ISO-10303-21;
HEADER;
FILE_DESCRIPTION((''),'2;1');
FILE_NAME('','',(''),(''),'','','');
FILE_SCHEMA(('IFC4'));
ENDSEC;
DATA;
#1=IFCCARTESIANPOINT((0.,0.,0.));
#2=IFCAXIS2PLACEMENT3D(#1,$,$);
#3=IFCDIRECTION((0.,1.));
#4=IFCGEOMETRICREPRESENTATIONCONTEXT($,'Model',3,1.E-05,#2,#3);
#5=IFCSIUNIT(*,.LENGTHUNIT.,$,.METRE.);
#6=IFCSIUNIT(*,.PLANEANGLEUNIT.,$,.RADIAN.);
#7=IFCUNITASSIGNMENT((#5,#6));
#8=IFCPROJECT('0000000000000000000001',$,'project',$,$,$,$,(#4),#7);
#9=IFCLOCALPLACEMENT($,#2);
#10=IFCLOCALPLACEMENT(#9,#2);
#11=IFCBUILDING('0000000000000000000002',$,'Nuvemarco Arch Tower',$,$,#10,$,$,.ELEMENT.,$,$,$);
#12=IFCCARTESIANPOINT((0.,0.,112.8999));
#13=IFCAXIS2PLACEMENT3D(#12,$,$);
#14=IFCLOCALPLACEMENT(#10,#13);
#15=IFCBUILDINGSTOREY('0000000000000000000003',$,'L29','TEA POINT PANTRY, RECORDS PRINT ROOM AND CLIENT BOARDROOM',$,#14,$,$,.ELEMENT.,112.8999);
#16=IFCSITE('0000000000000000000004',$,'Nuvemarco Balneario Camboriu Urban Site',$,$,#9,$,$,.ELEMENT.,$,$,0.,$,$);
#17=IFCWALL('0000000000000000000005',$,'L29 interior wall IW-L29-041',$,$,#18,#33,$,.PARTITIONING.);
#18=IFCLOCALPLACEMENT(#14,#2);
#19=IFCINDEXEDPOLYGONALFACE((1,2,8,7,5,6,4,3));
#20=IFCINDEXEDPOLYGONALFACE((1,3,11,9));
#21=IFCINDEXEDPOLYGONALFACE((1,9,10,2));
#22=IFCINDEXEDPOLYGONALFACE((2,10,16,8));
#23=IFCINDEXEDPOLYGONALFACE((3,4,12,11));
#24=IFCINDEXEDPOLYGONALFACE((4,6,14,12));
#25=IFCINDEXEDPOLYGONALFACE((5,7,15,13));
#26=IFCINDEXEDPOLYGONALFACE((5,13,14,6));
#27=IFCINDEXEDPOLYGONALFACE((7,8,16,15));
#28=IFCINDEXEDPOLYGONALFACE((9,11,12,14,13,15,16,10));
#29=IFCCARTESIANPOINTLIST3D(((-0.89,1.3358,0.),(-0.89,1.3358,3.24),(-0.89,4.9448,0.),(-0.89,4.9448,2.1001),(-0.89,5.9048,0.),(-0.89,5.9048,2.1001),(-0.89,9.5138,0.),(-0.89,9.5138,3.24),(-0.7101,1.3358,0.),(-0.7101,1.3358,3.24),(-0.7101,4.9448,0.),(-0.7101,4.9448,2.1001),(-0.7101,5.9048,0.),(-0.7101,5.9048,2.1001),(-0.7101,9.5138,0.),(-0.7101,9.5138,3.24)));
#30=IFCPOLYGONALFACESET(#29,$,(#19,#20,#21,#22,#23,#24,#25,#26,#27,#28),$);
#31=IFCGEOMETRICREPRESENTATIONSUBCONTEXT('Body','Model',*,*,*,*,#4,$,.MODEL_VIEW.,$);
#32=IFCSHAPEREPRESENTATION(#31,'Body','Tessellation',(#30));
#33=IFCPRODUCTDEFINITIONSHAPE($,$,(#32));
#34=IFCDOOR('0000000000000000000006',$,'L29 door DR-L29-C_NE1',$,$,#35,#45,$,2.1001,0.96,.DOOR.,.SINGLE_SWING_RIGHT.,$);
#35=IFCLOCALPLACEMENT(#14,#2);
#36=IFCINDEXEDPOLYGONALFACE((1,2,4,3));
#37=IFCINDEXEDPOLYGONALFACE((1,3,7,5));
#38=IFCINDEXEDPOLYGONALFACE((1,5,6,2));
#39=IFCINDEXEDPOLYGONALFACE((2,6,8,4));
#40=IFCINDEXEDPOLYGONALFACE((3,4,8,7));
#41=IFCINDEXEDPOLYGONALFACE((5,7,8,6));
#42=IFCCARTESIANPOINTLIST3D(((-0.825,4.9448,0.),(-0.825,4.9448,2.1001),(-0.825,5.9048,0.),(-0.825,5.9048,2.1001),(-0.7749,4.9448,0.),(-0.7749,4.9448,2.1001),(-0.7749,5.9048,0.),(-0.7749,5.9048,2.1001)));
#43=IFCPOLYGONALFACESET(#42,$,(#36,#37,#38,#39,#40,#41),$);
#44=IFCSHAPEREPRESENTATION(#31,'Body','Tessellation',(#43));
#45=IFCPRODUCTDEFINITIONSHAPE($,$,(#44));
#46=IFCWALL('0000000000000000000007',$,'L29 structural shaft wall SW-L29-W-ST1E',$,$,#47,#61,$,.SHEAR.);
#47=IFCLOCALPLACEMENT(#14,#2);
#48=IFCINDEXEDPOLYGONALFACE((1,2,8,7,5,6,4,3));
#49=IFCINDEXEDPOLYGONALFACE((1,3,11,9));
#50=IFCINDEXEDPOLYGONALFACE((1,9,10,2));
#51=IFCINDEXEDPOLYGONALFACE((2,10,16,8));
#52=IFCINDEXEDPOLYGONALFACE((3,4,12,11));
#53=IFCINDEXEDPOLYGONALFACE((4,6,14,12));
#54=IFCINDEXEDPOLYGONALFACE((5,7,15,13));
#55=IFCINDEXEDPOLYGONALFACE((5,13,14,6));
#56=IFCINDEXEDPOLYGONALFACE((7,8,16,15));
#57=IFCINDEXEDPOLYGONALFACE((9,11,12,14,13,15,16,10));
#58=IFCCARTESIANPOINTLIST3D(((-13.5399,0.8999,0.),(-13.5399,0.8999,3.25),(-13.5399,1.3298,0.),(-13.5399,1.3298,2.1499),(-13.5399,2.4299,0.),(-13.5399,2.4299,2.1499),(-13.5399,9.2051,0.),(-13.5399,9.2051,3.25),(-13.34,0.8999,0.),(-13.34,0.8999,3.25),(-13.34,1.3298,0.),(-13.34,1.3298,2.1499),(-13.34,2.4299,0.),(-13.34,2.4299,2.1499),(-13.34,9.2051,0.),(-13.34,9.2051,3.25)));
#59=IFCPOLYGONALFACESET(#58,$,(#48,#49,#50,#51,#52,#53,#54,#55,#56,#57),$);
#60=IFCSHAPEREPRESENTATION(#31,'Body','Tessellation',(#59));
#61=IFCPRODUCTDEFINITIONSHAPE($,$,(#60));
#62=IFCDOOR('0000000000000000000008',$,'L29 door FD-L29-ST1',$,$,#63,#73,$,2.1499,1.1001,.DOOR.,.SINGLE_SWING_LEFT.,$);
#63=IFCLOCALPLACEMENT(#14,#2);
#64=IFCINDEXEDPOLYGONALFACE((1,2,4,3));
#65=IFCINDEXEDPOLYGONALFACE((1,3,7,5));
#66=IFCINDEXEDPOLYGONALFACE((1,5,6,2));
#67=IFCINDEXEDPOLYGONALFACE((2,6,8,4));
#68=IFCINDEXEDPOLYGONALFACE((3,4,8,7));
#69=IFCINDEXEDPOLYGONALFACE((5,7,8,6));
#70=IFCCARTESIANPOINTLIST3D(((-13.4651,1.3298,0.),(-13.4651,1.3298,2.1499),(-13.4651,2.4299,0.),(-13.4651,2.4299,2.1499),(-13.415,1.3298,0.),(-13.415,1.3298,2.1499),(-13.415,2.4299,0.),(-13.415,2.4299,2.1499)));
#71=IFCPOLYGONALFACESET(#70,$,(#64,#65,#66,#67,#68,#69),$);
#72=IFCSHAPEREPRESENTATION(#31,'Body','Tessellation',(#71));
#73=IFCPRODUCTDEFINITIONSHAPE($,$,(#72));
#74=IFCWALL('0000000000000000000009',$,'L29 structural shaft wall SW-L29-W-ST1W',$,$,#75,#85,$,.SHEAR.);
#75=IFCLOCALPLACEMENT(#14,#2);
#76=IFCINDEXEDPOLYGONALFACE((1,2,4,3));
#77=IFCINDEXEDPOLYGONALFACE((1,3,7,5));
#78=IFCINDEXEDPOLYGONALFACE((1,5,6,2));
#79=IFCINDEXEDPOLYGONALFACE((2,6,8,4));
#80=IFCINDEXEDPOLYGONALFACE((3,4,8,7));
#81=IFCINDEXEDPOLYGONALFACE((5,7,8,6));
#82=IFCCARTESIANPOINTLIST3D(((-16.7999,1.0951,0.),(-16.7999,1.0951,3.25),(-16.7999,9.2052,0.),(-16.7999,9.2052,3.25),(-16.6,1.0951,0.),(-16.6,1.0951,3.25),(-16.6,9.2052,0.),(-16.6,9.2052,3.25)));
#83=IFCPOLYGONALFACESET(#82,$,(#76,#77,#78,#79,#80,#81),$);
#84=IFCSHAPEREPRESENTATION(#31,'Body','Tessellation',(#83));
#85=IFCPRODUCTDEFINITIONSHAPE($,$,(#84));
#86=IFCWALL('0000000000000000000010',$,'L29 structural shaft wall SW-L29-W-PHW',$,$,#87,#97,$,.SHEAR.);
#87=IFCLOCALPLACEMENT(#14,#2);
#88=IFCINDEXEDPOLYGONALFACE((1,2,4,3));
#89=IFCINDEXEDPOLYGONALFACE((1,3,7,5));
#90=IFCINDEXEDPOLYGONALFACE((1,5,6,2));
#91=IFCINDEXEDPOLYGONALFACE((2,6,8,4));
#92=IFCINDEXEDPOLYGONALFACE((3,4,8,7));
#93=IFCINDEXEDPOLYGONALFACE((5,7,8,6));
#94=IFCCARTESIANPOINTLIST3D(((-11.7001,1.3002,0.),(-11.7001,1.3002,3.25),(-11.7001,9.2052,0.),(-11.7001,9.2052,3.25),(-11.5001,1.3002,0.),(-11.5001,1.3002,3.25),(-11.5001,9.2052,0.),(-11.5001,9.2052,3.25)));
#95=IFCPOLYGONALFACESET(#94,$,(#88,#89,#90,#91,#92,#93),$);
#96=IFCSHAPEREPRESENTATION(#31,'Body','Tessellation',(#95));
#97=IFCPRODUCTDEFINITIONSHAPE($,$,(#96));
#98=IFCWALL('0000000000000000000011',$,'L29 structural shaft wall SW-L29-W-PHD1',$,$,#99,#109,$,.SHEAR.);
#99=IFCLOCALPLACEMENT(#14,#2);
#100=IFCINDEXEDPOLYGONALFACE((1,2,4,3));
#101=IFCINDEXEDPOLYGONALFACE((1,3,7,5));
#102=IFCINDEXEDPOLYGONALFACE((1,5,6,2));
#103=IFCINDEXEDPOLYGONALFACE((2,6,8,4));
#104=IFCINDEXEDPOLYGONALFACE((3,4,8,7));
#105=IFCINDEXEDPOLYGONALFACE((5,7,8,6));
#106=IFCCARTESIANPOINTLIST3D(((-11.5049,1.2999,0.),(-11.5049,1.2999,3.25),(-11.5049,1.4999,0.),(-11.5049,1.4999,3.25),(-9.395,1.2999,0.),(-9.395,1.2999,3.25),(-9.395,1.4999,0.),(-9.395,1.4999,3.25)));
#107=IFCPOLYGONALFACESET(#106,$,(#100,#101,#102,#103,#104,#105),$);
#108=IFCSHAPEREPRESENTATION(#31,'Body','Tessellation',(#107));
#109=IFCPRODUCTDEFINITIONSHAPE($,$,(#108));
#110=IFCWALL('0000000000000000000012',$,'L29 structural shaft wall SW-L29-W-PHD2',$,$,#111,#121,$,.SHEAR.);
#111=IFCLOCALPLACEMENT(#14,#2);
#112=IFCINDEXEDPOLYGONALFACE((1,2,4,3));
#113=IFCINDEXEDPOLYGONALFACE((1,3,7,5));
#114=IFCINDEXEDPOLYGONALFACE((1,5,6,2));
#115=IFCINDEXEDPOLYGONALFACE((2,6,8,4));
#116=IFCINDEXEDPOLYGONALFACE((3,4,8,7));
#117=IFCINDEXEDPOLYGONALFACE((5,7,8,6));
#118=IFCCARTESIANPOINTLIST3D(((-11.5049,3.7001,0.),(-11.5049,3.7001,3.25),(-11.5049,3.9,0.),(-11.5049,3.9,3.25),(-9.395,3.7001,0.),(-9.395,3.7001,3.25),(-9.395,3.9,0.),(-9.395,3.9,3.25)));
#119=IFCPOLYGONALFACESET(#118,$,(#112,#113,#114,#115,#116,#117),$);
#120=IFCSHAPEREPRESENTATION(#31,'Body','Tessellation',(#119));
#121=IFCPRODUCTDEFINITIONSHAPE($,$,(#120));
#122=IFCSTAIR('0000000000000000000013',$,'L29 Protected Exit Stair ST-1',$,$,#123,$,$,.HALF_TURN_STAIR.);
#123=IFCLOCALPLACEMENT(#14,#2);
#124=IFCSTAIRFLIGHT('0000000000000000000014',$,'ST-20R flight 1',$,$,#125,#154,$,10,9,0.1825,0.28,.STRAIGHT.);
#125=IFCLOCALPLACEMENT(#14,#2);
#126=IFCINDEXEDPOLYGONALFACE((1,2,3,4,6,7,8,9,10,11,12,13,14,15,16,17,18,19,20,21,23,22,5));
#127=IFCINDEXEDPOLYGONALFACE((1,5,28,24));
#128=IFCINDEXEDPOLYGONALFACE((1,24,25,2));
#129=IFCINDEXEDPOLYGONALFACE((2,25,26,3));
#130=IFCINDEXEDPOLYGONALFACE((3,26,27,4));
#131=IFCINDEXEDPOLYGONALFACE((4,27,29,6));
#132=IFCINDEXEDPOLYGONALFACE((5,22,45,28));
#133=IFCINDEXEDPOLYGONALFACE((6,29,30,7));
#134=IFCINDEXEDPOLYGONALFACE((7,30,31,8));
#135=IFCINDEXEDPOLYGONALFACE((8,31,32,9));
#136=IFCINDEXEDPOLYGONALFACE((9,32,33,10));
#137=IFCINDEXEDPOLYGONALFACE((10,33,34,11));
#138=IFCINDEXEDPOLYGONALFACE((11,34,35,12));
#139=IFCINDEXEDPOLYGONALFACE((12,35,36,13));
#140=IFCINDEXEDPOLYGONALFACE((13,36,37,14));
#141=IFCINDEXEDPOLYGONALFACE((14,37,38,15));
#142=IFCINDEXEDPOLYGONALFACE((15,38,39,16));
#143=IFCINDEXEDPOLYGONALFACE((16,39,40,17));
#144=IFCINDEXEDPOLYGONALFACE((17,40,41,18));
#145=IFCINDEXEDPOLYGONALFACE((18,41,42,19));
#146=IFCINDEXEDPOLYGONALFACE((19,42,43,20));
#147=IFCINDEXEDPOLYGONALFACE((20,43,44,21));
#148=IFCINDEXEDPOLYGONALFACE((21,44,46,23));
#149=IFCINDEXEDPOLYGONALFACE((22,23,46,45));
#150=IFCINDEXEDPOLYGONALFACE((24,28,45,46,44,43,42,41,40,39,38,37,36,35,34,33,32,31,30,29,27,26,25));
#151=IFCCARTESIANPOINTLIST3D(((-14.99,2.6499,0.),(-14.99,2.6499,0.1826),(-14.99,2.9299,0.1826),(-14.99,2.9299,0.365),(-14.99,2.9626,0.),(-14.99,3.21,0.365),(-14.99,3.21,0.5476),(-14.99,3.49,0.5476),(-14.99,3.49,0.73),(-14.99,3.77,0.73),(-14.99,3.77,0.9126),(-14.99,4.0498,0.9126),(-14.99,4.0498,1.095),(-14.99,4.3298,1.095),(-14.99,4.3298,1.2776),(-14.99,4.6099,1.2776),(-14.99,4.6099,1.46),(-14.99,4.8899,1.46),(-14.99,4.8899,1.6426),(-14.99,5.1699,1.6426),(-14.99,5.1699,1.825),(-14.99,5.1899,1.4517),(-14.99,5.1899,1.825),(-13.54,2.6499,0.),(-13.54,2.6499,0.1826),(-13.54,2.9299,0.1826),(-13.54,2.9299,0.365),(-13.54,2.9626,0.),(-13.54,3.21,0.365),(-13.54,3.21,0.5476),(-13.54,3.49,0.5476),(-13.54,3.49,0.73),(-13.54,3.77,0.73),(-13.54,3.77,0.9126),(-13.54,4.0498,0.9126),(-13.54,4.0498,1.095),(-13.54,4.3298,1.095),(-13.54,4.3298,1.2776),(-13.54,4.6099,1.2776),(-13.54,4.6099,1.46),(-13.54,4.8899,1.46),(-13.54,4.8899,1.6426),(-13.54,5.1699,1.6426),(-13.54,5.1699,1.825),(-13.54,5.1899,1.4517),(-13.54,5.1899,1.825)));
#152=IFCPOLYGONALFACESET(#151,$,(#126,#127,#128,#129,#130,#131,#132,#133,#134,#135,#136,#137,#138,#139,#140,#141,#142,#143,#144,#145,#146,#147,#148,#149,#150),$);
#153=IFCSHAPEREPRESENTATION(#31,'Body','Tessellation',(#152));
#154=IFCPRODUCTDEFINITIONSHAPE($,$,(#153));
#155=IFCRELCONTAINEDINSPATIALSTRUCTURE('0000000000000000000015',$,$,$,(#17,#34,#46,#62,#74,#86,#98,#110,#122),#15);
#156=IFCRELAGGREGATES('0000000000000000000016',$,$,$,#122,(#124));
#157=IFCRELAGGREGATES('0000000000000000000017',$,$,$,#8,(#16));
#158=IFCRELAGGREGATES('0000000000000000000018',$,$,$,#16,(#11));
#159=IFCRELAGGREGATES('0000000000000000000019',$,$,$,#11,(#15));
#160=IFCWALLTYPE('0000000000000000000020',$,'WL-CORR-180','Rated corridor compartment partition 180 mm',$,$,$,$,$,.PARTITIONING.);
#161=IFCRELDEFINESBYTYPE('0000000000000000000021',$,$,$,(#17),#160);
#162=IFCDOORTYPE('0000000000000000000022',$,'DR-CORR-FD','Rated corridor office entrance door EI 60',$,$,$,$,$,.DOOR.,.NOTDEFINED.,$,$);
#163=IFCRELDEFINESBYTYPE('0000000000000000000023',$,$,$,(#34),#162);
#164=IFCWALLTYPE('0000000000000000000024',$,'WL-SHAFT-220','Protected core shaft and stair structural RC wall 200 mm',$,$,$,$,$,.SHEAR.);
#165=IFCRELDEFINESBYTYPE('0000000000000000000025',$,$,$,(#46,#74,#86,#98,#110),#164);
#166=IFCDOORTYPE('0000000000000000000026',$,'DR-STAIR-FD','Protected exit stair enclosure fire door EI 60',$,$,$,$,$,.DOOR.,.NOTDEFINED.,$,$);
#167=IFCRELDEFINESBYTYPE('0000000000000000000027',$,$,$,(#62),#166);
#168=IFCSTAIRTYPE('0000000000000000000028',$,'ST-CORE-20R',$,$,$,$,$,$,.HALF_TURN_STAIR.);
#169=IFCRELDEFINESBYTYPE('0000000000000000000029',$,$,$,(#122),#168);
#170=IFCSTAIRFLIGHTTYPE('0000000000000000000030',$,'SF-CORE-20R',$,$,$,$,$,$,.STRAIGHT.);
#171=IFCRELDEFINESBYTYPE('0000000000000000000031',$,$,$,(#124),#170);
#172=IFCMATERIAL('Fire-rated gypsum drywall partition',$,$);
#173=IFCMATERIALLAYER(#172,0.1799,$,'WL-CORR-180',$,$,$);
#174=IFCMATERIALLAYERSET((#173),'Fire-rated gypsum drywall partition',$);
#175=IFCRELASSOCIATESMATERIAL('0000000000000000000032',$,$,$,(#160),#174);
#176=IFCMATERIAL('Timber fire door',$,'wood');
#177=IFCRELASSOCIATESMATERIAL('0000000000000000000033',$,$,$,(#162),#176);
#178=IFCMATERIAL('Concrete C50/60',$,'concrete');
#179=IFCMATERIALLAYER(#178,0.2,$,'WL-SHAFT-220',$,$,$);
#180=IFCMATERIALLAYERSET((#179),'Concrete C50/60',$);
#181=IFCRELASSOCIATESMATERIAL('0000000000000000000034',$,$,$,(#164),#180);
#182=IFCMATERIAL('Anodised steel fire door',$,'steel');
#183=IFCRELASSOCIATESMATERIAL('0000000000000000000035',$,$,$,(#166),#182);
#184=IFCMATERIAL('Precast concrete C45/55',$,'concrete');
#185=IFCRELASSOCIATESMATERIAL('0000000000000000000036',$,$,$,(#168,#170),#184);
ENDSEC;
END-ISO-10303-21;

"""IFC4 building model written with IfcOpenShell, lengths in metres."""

from ifc_helpers import new_model, si_unit, direction, frame, frame_2d, origin, place, context, subcontext, project, spatial, polyline, rectangle, outline, extrude, source, transform, mapped, material, layer, layer_set, type_object, type_shapes, element, fill, aggregate, save


model = new_model("IFC4")

# Units and contexts
model_context = context("Model", 3, precision=1e-05, world=origin(), true_north=direction((0.0, 1.0)))
body_context = subcontext(model_context, "Body", "Model", "MODEL_VIEW")
ifc_project = project(units=[si_unit("LENGTHUNIT", "METRE"), si_unit("PLANEANGLEUNIT", "RADIAN")], contexts=[model_context])

# Site, building, storey
site_placement = place(None, origin())
site = spatial("IfcSite", under=ifc_project, at=site_placement, Name="Nuvemarco Balneario Camboriu Urban Site", CompositionType="ELEMENT", RefElevation=0.0)
building_placement = place(site_placement, origin())
building = spatial("IfcBuilding", under=site, at=building_placement, Name="Nuvemarco Arch Tower", CompositionType="ELEMENT")
storey_placement = place(building_placement, frame((0.0, 0.0, 112.8999)))
storey = spatial("IfcBuildingStorey", under=building, at=storey_placement, Name="L29", Description="TEA POINT PANTRY, RECORDS PRINT ROOM AND CLIENT BOARDROOM", CompositionType="ELEMENT", Elevation=112.8999)

# Shared definitions
ifc_material_1 = material(Name="Fire-rated gypsum drywall partition")
ifc_layer_1 = layer(ifc_material_1, 0.1799, Name="WL-CORR-180")
ifc_layer_set_1 = layer_set([ifc_layer_1], Name="Fire-rated gypsum drywall partition")
wall_type_1 = type_object("IfcWallType", Name="WL-CORR-180", Description="Rated corridor compartment partition 180 mm", PredefinedType="PARTITIONING", material=ifc_layer_set_1)

# Walls, openings, doors
ifc_material_2 = material(Name="Timber fire door", Category="wood")
door_type_1 = type_object("IfcDoorType", Name="DR-CORR-FD", Description="Rated corridor office entrance door EI 60", OperationType="NOTDEFINED", PredefinedType="DOOR", material=ifc_material_2)
shared_shape_1 = source(origin(), body_context, "Body", "SweptSolid", [
    extrude(rectangle(XDim=0.96, YDim=2.1001, at=frame_2d((0.48, 1.05))), frame((0.0, 0.0249, 0.0), z_axis=(0.0, -1.0, 0.0), x_axis=(1.0, 0.0, 0.0)), (0.0, 0.0, 1.0), 0.05),
])
type_shapes(door_type_1, [shared_shape_1])
wall_1_placement = place(storey_placement, frame((-0.8, 1.3359, 0.0), z_axis=(0.0, 0.0, 1.0), x_axis=(0.0, 1.0, 0.0)))
wall_1 = element("IfcWall", 1, at=wall_1_placement, inside=storey, type_object=wall_type_1, Name="L29 interior wall IW-L29-041", PredefinedType="PARTITIONING", context=body_context, shape_type="SweptSolid", body=[
    extrude(rectangle(XDim=8.178, YDim=0.1799, at=frame_2d((4.0889, 0.0))), origin(), (0.0, 0.0, 1.0), 3.24),
])
opening_1_placement = place(wall_1_placement, frame((3.6089, 0.0, 0.0)))
opening_1 = element("IfcOpeningElement", 2, at=opening_1_placement, cuts=wall_1, PredefinedType="OPENING", context=body_context, shape_type="SweptSolid", body=[
    extrude(rectangle(XDim=0.96, YDim=2.1001, at=frame_2d((0.48, 1.05))), frame((0.0, 0.0999, 0.0), z_axis=(0.0, -1.0, 0.0), x_axis=(1.0, 0.0, 0.0)), (0.0, 0.0, 1.0), 0.2),
])
door_1_placement = place(opening_1_placement, origin())
door_1 = element("IfcDoor", 3, at=door_1_placement, inside=storey, type_object=door_type_1, Name="L29 door DR-L29-C_NE1", OperationType="SINGLE_SWING_RIGHT", OverallHeight=2.1001, OverallWidth=0.96, PredefinedType="DOOR", context=body_context, shape_type="MappedRepresentation", body=[
    mapped(shared_shape_1, transform((0.0, 0.0, 0.0), scale=1.0)),
])
fill(opening_1, door_1)
ifc_material_3 = material(Name="Concrete C50/60", Category="concrete")
ifc_layer_2 = layer(ifc_material_3, 0.2, Name="WL-SHAFT-220")
ifc_layer_set_2 = layer_set([ifc_layer_2], Name="Concrete C50/60")
wall_type_2 = type_object("IfcWallType", Name="WL-SHAFT-220", Description="Protected core shaft and stair structural RC wall 200 mm", PredefinedType="SHEAR", material=ifc_layer_set_2)
wall_2_placement = place(storey_placement, frame((-13.4399, 0.8999, 0.0), z_axis=(0.0, 0.0, 1.0), x_axis=(0.0, 1.0, 0.0)))
wall_2 = element("IfcWall", 4, at=wall_2_placement, inside=storey, type_object=wall_type_2, Name="L29 structural shaft wall SW-L29-W-ST1E", PredefinedType="SHEAR", context=body_context, shape_type="SweptSolid", body=[
    extrude(rectangle(XDim=8.3052, YDim=0.2, at=frame_2d((4.1526, 0.0))), origin(), (0.0, 0.0, 1.0), 3.25),
])
opening_2_placement = place(wall_2_placement, frame((1.53, 0.0, 0.0), z_axis=(0.0, 0.0, 1.0), x_axis=(-1.0, 0.0, 0.0)))
opening_2 = element("IfcOpeningElement", 5, at=opening_2_placement, cuts=wall_2, PredefinedType="OPENING", context=body_context, shape_type="SweptSolid", body=[
    extrude(rectangle(XDim=1.1001, YDim=2.1499, at=frame_2d((0.55, 1.075))), frame((0.0, 0.1099, 0.0), z_axis=(0.0, -1.0, 0.0), x_axis=(1.0, 0.0, 0.0)), (0.0, 0.0, 1.0), 0.22),
])
ifc_material_4 = material(Name="Anodised steel fire door", Category="steel")
door_type_2 = type_object("IfcDoorType", Name="DR-STAIR-FD", Description="Protected exit stair enclosure fire door EI 60", OperationType="NOTDEFINED", PredefinedType="DOOR", material=ifc_material_4)
shared_shape_2 = source(origin(), body_context, "Body", "SweptSolid", [
    extrude(rectangle(XDim=1.1001, YDim=2.1499, at=frame_2d((0.55, 1.075))), frame((0.0, 0.0249, 0.0), z_axis=(0.0, -1.0, 0.0), x_axis=(1.0, 0.0, 0.0)), (0.0, 0.0, 1.0), 0.05),
])
type_shapes(door_type_2, [shared_shape_2])
door_2_placement = place(opening_2_placement, origin())
door_2 = element("IfcDoor", 6, at=door_2_placement, inside=storey, type_object=door_type_2, Name="L29 door FD-L29-ST1", OperationType="SINGLE_SWING_LEFT", OverallHeight=2.1499, OverallWidth=1.1001, PredefinedType="DOOR", context=body_context, shape_type="MappedRepresentation", body=[
    mapped(shared_shape_2, transform((0.0, 0.0, 0.0), scale=1.0)),
])
fill(opening_2, door_2)

# Walls
wall_3_placement = place(storey_placement, frame((-16.7, 1.095, 0.0), z_axis=(0.0, 0.0, 1.0), x_axis=(0.0, 1.0, 0.0)))
element("IfcWall", 7, at=wall_3_placement, inside=storey, type_object=wall_type_2, Name="L29 structural shaft wall SW-L29-W-ST1W", PredefinedType="SHEAR", context=body_context, shape_type="SweptSolid", body=[
    extrude(rectangle(XDim=8.1101, YDim=0.2, at=frame_2d((4.0552, 0.0))), origin(), (0.0, 0.0, 1.0), 3.25),
])
wall_4_placement = place(storey_placement, frame((-11.6001, 1.3, 0.0), z_axis=(0.0, 0.0, 1.0), x_axis=(0.0, 1.0, 0.0)))
element("IfcWall", 8, at=wall_4_placement, inside=storey, type_object=wall_type_2, Name="L29 structural shaft wall SW-L29-W-PHW", PredefinedType="SHEAR", context=body_context, shape_type="SweptSolid", body=[
    extrude(rectangle(XDim=7.905, YDim=0.2, at=frame_2d((3.9526, 0.0))), origin(), (0.0, 0.0, 1.0), 3.25),
])
for number, where, z_axis, x_axis, name in (
    (9, (-11.5049, 1.3999, 0.0), (0.0, 0.0, 1.0), (1.0, 0.0, 0.0), "L29 structural shaft wall SW-L29-W-PHD1"),
    (10, (-11.5049, 3.8, 0.0), (0.0, 0.0, 1.0), (1.0, 0.0, 0.0), "L29 structural shaft wall SW-L29-W-PHD2"),
):
    element("IfcWall", number, at=place(storey_placement, frame(where, z_axis=z_axis, x_axis=x_axis)), inside=storey, type_object=wall_type_2, Name=name, PredefinedType="SHEAR", context=body_context, shape_type="SweptSolid", body=[
        extrude(rectangle(XDim=2.1099, YDim=0.2, at=frame_2d((1.0549, 0.0))), origin(), (0.0, 0.0, 1.0), 3.25),
    ])

# Stair, stair flight
ifc_material_5 = material(Name="Precast concrete C45/55", Category="concrete")
stair_type = type_object("IfcStairType", Name="ST-CORE-20R", PredefinedType="HALF_TURN_STAIR", material=ifc_material_5)
stair_placement = place(storey_placement, origin())
stair = element("IfcStair", 11, at=stair_placement, inside=storey, type_object=stair_type, Name="L29 Protected Exit Stair ST-1", PredefinedType="HALF_TURN_STAIR")
stair_flight_type = type_object("IfcStairFlightType", Name="SF-CORE-20R", PredefinedType="STRAIGHT", material=ifc_material_5)
stair_flight_1_placement = place(storey_placement, frame((-14.2649, 2.6499, 0.0), z_axis=(0.0, 0.0, 1.0), x_axis=(0.0, 1.0, 0.0)))
stair_flight_1 = element("IfcStairFlight", 12, at=stair_flight_1_placement, type_object=stair_flight_type, Name="ST-20R flight 1", NumberOfRisers=10, NumberOfTreads=9, PredefinedType="STRAIGHT", RiserHeight=0.1825, TreadLength=0.28, context=body_context, shape_type="SweptSolid", body=[
    extrude(outline(polyline([(0.0, 0.0), (0.0, 0.1826), (0.28, 0.1826), (0.28, 0.365), (0.5601, 0.365), (0.5601, 0.5476), (0.8401, 0.5476), (0.8401, 0.73), (1.1201, 0.73), (1.1201, 0.9126), (1.3999, 0.9126), (1.3999, 1.095), (1.6799, 1.095), (1.6799, 1.2776), (1.96, 1.2776), (1.96, 1.46), (2.24, 1.46), (2.24, 1.6426), (2.52, 1.6426), (2.52, 1.825), (2.54, 1.825), (2.54, 1.4517), (0.3127, 0.0), (0.0, 0.0)])), frame((0.0, 0.7251, 0.0), z_axis=(0.0, -1.0, 0.0), x_axis=(1.0, 0.0, 0.0)), (0.0, 0.0, 1.0), 1.45),
])
aggregate(stair, [stair_flight_1])

save(model, "model.ifc")
